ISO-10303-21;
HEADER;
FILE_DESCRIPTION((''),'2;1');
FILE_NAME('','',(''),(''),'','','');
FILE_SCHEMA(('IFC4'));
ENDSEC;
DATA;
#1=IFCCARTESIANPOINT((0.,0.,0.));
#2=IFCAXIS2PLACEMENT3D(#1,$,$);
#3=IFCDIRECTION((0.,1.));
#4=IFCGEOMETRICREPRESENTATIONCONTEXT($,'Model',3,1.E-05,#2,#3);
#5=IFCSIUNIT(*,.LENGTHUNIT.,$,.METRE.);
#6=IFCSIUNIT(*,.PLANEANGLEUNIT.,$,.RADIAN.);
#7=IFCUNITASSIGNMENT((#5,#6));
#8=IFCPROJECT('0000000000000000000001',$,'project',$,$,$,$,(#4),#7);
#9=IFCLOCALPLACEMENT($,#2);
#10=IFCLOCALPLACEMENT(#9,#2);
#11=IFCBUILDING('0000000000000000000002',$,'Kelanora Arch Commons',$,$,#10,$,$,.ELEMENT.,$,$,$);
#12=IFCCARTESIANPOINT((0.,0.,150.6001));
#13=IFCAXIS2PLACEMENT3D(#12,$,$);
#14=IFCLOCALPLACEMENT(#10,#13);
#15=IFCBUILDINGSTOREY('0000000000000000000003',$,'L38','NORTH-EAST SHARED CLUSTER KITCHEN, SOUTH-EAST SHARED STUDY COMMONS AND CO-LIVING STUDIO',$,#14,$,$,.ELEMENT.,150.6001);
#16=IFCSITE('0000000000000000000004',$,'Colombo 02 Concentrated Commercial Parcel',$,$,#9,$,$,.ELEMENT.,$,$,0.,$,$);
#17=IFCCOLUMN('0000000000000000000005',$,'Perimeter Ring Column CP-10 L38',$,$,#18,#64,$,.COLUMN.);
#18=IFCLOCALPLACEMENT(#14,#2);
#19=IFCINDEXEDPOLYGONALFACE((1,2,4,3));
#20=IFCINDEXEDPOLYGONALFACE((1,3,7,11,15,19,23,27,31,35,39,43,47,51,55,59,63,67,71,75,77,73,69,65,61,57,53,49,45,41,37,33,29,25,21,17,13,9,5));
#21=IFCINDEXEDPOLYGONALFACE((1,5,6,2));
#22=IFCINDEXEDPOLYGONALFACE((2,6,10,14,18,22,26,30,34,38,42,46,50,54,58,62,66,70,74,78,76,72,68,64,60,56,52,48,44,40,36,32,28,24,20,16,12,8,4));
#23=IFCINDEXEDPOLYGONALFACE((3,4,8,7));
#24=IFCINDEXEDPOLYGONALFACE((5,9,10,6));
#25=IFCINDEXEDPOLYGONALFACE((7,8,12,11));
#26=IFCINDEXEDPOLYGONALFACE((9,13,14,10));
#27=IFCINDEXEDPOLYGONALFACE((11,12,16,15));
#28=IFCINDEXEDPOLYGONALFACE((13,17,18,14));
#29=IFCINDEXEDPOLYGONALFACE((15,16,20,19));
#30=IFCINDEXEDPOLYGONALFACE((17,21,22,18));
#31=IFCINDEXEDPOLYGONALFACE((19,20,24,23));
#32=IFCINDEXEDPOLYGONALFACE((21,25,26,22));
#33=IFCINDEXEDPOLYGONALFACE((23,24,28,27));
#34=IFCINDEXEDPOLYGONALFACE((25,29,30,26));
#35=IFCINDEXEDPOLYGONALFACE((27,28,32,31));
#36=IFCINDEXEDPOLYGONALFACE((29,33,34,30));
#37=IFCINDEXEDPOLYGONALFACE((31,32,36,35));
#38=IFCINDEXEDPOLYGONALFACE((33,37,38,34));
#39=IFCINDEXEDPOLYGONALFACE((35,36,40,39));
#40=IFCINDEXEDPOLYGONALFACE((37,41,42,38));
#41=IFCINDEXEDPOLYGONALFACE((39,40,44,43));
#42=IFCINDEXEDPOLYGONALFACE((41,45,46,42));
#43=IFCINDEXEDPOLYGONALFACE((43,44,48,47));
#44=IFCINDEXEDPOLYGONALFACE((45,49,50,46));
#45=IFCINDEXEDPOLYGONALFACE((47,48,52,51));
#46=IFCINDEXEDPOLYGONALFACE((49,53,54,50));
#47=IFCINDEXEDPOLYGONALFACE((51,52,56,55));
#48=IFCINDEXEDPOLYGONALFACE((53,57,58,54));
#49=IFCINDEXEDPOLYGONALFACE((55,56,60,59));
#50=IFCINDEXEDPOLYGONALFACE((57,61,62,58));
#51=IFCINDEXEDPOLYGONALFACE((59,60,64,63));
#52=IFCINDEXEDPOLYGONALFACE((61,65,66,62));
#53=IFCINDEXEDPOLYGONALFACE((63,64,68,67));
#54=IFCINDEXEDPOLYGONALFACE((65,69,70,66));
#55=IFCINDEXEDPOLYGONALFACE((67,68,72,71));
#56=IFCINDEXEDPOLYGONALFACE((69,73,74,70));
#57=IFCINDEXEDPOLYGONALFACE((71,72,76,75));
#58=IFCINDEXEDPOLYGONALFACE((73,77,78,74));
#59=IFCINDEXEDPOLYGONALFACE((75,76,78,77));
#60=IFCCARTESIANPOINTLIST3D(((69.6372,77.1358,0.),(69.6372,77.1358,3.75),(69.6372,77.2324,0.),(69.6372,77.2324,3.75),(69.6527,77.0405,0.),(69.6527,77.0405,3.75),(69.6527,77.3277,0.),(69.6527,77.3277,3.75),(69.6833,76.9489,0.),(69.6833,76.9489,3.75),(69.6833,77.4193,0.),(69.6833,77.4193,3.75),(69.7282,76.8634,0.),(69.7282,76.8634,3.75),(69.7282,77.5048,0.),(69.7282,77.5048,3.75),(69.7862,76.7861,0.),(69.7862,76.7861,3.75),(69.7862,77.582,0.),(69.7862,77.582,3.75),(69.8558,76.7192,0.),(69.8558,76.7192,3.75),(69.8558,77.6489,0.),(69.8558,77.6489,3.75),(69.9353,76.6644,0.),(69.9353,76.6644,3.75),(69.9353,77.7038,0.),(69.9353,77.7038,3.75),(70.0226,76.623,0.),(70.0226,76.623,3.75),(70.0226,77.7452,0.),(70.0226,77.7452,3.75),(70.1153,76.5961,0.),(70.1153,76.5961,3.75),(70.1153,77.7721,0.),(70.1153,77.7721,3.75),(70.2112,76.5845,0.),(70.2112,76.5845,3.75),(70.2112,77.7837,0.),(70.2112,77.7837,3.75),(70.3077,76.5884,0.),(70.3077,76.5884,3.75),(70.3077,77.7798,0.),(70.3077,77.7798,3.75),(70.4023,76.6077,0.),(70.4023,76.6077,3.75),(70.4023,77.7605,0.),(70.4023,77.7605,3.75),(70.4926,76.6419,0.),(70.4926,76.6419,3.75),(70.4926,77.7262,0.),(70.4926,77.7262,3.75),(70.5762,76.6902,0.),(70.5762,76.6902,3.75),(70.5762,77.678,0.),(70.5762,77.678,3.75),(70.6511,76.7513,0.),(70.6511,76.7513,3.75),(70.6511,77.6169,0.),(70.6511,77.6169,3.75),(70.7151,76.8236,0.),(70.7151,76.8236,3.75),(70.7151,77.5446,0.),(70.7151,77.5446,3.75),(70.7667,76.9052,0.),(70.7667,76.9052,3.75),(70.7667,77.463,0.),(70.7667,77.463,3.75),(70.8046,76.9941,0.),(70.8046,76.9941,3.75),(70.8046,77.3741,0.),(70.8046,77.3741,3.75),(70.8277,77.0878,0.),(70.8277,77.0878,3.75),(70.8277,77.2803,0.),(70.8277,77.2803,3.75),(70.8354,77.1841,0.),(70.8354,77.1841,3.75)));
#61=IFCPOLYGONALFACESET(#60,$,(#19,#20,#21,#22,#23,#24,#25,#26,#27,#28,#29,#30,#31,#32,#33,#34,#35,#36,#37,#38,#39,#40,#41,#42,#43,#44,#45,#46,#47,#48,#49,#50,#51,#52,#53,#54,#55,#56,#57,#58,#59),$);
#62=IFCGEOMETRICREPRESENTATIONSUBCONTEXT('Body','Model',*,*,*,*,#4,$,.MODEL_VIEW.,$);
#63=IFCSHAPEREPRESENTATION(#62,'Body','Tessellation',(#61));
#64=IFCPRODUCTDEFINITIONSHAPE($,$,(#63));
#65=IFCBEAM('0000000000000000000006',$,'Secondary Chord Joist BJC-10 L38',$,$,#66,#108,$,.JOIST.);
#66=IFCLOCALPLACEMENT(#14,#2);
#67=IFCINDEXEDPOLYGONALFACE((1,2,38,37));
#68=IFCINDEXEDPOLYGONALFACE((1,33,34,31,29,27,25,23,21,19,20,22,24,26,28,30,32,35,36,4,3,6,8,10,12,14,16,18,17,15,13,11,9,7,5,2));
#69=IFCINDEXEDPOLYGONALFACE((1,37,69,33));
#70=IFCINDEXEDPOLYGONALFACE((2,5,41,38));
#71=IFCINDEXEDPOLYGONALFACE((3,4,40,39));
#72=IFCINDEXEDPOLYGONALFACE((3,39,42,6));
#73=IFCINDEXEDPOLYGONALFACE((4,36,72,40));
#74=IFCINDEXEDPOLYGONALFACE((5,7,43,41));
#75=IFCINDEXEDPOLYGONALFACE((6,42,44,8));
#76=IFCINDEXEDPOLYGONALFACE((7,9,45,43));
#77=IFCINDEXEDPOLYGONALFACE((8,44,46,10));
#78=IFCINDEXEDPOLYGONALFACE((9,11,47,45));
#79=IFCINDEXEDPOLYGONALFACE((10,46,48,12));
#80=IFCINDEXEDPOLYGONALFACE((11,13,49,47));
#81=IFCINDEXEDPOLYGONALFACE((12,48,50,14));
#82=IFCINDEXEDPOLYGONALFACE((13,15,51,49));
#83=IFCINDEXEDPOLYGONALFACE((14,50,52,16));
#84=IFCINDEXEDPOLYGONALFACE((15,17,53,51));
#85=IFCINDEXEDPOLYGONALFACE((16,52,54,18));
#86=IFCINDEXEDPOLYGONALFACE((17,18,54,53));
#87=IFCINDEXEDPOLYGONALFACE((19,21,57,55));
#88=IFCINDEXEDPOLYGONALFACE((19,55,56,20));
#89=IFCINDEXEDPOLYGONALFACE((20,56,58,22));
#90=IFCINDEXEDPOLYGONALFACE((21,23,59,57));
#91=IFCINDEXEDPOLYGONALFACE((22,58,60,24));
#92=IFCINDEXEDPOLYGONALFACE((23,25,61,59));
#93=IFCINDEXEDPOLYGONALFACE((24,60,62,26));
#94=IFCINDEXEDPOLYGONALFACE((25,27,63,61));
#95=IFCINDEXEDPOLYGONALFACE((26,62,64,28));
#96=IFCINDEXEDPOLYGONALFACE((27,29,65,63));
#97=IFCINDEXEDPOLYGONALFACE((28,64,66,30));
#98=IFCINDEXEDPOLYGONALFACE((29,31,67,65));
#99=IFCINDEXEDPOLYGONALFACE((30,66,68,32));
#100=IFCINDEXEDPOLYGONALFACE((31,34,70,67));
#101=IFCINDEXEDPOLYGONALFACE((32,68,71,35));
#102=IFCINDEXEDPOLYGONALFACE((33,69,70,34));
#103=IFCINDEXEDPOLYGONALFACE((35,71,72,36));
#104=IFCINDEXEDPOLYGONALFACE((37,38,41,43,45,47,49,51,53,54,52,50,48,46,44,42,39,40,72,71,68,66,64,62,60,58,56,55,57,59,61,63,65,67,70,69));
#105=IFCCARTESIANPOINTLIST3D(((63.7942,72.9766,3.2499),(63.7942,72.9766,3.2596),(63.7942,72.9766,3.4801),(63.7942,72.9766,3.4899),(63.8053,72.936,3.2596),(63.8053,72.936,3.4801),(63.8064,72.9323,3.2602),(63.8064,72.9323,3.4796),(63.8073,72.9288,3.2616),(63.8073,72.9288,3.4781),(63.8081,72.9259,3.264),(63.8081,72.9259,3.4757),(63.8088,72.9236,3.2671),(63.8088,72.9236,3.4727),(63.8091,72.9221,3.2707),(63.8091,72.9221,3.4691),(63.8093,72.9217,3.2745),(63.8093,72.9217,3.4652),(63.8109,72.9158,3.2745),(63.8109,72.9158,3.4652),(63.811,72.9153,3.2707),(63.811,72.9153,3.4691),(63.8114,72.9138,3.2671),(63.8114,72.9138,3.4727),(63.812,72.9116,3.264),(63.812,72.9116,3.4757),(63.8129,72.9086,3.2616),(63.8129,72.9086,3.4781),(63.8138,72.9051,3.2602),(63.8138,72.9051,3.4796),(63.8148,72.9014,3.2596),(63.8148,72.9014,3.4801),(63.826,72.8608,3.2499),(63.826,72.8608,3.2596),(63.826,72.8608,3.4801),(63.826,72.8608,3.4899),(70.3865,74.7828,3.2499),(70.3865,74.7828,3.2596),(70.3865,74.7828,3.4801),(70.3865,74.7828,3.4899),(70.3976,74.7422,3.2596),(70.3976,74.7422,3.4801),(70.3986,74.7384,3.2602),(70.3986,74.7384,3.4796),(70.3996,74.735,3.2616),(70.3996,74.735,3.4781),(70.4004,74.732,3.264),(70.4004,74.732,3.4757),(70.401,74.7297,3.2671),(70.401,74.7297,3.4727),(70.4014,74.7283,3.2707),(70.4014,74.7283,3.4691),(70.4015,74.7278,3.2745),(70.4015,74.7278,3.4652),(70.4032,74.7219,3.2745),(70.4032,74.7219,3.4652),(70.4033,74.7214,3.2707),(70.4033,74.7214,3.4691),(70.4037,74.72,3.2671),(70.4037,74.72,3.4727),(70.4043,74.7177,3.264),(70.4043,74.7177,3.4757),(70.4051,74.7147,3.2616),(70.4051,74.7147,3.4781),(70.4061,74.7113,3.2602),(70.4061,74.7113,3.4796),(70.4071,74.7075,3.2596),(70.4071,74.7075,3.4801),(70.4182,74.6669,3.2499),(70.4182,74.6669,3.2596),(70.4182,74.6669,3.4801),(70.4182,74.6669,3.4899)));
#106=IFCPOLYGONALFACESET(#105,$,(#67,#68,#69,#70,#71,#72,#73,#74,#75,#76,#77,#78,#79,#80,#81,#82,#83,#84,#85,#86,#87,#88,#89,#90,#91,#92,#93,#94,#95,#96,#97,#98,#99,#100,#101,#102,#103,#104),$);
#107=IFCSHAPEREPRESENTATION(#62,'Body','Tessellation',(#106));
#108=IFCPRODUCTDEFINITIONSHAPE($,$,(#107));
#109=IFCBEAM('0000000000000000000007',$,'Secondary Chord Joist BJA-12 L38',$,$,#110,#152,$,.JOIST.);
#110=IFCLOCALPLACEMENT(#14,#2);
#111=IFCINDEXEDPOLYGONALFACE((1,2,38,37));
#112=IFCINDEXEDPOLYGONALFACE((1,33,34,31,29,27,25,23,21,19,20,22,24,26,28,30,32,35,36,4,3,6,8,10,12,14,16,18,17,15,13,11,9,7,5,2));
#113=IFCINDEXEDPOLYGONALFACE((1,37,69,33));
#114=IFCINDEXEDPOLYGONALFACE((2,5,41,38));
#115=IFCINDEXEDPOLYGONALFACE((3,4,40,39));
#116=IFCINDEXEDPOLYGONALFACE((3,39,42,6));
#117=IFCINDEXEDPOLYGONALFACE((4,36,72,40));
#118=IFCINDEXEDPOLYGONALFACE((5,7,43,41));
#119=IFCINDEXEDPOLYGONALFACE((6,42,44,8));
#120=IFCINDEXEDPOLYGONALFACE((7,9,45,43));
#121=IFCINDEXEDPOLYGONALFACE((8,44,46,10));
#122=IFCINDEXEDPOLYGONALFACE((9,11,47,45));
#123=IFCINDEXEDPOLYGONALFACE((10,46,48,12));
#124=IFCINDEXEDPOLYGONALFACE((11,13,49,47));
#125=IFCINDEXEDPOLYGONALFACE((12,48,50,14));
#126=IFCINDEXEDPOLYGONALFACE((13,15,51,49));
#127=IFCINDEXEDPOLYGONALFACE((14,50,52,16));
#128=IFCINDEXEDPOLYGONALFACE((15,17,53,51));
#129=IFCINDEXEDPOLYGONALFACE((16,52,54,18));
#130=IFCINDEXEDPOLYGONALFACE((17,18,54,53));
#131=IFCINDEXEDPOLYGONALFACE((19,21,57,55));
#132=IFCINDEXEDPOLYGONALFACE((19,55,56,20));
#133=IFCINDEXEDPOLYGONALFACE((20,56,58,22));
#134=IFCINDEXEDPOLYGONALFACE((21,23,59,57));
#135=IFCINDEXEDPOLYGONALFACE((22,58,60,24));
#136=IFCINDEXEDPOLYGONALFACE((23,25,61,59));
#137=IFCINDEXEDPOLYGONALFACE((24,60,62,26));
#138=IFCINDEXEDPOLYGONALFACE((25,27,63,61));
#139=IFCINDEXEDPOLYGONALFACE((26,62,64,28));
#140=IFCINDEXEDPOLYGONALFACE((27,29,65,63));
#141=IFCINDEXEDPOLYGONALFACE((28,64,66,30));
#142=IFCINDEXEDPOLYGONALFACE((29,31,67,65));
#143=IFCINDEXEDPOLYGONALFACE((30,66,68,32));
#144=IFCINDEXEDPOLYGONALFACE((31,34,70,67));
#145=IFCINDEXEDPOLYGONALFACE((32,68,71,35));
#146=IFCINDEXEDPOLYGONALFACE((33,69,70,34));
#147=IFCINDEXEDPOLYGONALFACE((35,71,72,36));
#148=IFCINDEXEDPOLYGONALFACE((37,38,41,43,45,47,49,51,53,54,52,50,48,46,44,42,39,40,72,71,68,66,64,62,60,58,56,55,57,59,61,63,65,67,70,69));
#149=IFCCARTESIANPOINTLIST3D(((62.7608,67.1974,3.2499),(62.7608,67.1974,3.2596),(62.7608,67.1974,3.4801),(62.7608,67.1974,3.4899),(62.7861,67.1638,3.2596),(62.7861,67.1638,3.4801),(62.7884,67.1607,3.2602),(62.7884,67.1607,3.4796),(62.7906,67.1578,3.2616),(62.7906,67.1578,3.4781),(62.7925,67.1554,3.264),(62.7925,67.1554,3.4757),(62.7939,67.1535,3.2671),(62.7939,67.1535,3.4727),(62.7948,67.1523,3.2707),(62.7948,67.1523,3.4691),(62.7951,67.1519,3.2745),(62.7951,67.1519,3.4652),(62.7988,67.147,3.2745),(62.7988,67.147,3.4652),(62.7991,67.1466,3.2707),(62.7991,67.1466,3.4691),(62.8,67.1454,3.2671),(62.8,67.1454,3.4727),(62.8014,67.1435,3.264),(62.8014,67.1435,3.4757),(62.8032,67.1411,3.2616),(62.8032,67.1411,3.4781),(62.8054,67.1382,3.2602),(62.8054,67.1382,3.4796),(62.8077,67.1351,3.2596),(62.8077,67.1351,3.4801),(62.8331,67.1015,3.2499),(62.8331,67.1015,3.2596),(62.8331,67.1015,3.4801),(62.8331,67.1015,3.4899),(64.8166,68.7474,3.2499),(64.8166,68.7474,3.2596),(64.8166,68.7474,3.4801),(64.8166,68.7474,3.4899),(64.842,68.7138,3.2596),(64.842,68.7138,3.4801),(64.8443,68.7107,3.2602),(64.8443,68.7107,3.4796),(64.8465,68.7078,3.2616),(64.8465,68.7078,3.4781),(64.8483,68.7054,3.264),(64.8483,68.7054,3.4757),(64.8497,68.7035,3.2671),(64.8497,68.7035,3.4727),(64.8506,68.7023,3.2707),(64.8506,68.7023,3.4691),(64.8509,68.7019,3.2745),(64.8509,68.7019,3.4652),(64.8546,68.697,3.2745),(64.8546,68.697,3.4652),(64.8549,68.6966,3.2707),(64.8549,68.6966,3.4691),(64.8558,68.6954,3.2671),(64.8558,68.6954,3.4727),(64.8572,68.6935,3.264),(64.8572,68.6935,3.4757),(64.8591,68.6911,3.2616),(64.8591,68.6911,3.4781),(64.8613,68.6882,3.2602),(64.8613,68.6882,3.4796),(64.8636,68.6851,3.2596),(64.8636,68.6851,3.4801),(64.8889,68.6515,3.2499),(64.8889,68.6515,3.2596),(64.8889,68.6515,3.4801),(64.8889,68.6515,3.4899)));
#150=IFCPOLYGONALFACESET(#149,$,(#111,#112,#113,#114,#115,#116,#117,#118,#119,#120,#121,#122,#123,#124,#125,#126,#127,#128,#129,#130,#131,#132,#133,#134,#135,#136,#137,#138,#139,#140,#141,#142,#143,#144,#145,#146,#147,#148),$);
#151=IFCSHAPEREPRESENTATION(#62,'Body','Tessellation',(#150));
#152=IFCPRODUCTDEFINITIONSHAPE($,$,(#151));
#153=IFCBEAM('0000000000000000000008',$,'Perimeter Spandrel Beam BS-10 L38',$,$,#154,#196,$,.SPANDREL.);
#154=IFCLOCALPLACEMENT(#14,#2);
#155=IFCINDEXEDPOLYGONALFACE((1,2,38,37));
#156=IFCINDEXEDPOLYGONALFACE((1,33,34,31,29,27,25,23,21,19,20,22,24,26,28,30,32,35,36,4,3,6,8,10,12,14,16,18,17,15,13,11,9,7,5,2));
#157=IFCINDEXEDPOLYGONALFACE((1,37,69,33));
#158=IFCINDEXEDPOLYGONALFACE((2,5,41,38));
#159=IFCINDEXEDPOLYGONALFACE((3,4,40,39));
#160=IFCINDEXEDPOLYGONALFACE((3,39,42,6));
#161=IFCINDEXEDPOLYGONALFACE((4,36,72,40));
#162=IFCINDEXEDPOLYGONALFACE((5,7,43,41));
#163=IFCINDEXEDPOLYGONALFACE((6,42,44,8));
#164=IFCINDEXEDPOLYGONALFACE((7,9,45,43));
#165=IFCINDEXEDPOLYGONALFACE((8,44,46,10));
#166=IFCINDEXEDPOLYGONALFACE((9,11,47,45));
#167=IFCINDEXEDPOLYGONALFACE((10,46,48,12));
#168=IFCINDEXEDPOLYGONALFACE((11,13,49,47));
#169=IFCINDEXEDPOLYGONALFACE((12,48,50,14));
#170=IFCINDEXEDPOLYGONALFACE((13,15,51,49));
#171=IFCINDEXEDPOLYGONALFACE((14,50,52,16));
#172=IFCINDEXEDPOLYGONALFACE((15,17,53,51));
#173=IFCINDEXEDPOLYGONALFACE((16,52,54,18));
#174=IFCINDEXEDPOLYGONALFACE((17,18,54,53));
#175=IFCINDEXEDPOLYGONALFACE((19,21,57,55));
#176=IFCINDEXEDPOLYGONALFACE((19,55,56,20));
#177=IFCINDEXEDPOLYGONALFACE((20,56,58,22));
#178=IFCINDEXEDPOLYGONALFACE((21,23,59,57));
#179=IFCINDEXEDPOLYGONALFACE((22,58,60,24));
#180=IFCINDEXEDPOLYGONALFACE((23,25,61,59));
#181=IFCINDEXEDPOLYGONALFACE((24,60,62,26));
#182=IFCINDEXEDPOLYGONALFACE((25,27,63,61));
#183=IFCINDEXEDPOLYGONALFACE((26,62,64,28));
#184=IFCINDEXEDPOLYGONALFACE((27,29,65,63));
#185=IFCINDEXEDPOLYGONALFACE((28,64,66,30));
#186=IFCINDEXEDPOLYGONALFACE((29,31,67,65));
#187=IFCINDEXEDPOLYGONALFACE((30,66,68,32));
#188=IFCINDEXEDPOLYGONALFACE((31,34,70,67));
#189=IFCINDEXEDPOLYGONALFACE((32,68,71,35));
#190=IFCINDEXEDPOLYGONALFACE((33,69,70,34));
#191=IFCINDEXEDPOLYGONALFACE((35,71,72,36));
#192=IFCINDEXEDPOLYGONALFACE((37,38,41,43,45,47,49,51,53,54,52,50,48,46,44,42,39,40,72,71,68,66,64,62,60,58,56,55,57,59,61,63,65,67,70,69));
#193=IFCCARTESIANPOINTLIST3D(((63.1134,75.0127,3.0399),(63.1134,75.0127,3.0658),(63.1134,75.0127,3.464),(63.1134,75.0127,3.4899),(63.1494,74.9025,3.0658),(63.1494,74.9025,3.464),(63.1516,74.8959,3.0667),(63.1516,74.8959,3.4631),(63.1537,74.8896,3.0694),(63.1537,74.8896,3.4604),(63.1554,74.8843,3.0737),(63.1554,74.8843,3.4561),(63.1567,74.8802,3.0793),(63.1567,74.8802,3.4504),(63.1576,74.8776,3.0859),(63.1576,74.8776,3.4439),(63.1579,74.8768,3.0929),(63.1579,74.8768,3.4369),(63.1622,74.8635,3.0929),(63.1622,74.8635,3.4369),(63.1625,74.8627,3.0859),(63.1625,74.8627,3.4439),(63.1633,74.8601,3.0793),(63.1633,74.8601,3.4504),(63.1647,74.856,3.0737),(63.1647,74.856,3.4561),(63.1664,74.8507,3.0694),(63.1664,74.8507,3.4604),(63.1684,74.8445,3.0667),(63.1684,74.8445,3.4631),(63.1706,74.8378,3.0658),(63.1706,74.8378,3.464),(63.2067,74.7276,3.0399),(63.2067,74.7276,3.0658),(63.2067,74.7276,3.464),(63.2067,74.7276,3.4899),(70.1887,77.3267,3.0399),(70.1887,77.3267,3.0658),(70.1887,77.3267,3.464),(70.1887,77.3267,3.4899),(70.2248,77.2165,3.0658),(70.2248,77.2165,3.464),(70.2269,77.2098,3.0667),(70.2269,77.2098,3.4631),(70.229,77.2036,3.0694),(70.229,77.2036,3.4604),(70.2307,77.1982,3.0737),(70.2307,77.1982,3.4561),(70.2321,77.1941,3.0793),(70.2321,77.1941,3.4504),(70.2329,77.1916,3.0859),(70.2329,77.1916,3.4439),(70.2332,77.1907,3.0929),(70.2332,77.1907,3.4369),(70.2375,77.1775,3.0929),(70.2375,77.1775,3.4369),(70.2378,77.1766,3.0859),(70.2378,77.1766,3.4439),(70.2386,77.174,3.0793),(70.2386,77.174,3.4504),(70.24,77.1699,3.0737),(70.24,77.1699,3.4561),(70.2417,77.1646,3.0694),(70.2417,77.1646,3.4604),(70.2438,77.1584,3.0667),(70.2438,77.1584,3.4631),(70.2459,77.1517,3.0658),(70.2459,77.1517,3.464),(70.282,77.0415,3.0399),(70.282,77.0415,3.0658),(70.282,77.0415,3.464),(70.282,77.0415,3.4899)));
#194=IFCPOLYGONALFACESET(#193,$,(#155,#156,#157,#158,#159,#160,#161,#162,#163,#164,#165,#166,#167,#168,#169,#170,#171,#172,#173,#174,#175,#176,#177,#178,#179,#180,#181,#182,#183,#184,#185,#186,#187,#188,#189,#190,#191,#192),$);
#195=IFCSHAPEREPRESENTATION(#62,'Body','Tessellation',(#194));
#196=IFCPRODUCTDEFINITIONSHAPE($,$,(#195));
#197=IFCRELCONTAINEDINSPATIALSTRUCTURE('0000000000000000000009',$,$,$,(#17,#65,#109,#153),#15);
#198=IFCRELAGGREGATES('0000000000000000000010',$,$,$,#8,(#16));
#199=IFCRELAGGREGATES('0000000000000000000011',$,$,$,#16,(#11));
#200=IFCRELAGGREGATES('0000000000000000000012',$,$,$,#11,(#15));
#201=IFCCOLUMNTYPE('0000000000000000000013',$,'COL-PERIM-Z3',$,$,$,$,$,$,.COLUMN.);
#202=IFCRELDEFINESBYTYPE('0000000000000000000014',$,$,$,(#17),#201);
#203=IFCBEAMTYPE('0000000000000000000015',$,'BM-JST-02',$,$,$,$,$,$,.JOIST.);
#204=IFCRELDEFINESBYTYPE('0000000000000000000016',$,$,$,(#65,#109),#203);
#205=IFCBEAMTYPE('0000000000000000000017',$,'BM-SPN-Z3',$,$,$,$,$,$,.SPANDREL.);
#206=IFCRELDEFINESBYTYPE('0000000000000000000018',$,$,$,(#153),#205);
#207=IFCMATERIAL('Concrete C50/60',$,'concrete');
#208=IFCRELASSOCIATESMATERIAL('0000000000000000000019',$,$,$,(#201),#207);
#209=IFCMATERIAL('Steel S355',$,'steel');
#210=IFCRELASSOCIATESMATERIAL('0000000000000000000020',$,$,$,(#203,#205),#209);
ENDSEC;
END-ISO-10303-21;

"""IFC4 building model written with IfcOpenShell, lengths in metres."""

from ifc_helpers import new_model, si_unit, direction, frame, origin, origin_2d, place, context, subcontext, project, spatial, circle, i_section, extrude, material, material_profile, profile_set, type_object, element, save


model = new_model("IFC4")

# Units and contexts
model_context = context("Model", 3, precision=1e-05, world=origin(), true_north=direction((0.0, 1.0)))
body_context = subcontext(model_context, "Body", "Model", "MODEL_VIEW")
ifc_project = project(units=[si_unit("LENGTHUNIT", "METRE"), si_unit("PLANEANGLEUNIT", "RADIAN")], contexts=[model_context])

# Site, building, storey
site_placement = place(None, origin())
site = spatial("IfcSite", under=ifc_project, at=site_placement, Name="Colombo 02 Concentrated Commercial Parcel", CompositionType="ELEMENT", RefElevation=0.0)
building_placement = place(site_placement, origin())
building = spatial("IfcBuilding", under=site, at=building_placement, Name="Kelanora Arch Commons", CompositionType="ELEMENT")
storey_placement = place(building_placement, frame((0.0, 0.0, 150.6001)))
storey = spatial("IfcBuildingStorey", under=building, at=storey_placement, Name="L38", Description="NORTH-EAST SHARED CLUSTER KITCHEN, SOUTH-EAST SHARED STUDY COMMONS AND CO-LIVING STUDIO", CompositionType="ELEMENT", Elevation=150.6001)

# Column
ifc_material_1 = material(Name="Concrete C50/60", Category="concrete")
ifc_material_profile_1 = material_profile(ifc_material_1, circle(Radius=0.6001, at=origin_2d()), Name="RCC1200")
ifc_profile_set_1 = profile_set([ifc_material_profile_1], Name="Concrete C50/60")
column_type = type_object("IfcColumnType", Name="COL-PERIM-Z3", PredefinedType="COLUMN", material=ifc_profile_set_1)
column_placement = place(storey_placement, frame((70.2354, 77.1841, 0.0), z_axis=(0.0, 0.0, 1.0), x_axis=(1.0, 0.0, 0.0)))
element("IfcColumn", 1, at=column_placement, inside=storey, type_object=column_type, Name="Perimeter Ring Column CP-10 L38", PredefinedType="COLUMN", context=body_context, shape_type="SweptSolid", body=[
    extrude(circle(Radius=0.6001, at=origin_2d()), origin(), (0.0, 0.0, 1.0), 3.75),
])

# Beams
ifc_material_2 = material(Name="Steel S355", Category="steel")
ifc_material_profile_2 = material_profile(ifc_material_2, i_section(OverallWidth=0.1201, OverallDepth=0.24, WebThickness=0.0061, FlangeThickness=0.0098, FilletRadius=0.0149, at=origin_2d()), Name="IPE240")
ifc_profile_set_2 = profile_set([ifc_material_profile_2], Name="Steel S355")
beam_type_1 = type_object("IfcBeamType", Name="BM-JST-02", PredefinedType="JOIST", material=ifc_profile_set_2)
beam_1_placement = place(storey_placement, frame((70.4023, 74.7249, 3.3699), z_axis=(-0.964457, -0.264242, 0.0), x_axis=(0.264242, -0.964457, 0.0)))
element("IfcBeam", 2, at=beam_1_placement, inside=storey, type_object=beam_type_1, Name="Secondary Chord Joist BJC-10 L38", PredefinedType="JOIST", context=body_context, shape_type="SweptSolid", body=[
    extrude(i_section(OverallWidth=0.1201, OverallDepth=0.24, WebThickness=0.0061, FlangeThickness=0.0098, FilletRadius=0.0149, at=origin_2d()), origin(), (0.0, 0.0, 1.0), 6.8352),
])
beam_2_placement = place(storey_placement, frame((64.8528, 68.6995, 3.3699), z_axis=(-0.798484, -0.602016, 0.0), x_axis=(0.602016, -0.798484, 0.0)))
element("IfcBeam", 3, at=beam_2_placement, inside=storey, type_object=beam_type_1, Name="Secondary Chord Joist BJA-12 L38", PredefinedType="JOIST", context=body_context, shape_type="SweptSolid", body=[
    extrude(i_section(OverallWidth=0.1201, OverallDepth=0.24, WebThickness=0.0061, FlangeThickness=0.0098, FilletRadius=0.0149, at=origin_2d()), origin(), (0.0, 0.0, 1.0), 2.5747),
])
ifc_material_profile_3 = material_profile(ifc_material_2, i_section(OverallWidth=0.3, OverallDepth=0.45, WebThickness=0.0139, FlangeThickness=0.0259, FilletRadius=0.0271, at=origin_2d()), Name="HEB450")
ifc_profile_set_3 = profile_set([ifc_material_profile_3], Name="Steel S355")
beam_type_2 = type_object("IfcBeamType", Name="BM-SPN-Z3", PredefinedType="SPANDREL", material=ifc_profile_set_3)
beam_3_placement = place(storey_placement, frame((70.2354, 77.1841, 3.2649), z_axis=(-0.950462, -0.310841, 0.0), x_axis=(0.310841, -0.950462, 0.0)))
element("IfcBeam", 4, at=beam_3_placement, inside=storey, type_object=beam_type_2, Name="Perimeter Spandrel Beam BS-10 L38", PredefinedType="SPANDREL", context=body_context, shape_type="SweptSolid", body=[
    extrude(i_section(OverallWidth=0.3, OverallDepth=0.45, WebThickness=0.0139, FlangeThickness=0.0259, FilletRadius=0.0271, at=origin_2d()), origin(), (0.0, 0.0, 1.0), 7.4441),
])

save(model, "model.ifc")
